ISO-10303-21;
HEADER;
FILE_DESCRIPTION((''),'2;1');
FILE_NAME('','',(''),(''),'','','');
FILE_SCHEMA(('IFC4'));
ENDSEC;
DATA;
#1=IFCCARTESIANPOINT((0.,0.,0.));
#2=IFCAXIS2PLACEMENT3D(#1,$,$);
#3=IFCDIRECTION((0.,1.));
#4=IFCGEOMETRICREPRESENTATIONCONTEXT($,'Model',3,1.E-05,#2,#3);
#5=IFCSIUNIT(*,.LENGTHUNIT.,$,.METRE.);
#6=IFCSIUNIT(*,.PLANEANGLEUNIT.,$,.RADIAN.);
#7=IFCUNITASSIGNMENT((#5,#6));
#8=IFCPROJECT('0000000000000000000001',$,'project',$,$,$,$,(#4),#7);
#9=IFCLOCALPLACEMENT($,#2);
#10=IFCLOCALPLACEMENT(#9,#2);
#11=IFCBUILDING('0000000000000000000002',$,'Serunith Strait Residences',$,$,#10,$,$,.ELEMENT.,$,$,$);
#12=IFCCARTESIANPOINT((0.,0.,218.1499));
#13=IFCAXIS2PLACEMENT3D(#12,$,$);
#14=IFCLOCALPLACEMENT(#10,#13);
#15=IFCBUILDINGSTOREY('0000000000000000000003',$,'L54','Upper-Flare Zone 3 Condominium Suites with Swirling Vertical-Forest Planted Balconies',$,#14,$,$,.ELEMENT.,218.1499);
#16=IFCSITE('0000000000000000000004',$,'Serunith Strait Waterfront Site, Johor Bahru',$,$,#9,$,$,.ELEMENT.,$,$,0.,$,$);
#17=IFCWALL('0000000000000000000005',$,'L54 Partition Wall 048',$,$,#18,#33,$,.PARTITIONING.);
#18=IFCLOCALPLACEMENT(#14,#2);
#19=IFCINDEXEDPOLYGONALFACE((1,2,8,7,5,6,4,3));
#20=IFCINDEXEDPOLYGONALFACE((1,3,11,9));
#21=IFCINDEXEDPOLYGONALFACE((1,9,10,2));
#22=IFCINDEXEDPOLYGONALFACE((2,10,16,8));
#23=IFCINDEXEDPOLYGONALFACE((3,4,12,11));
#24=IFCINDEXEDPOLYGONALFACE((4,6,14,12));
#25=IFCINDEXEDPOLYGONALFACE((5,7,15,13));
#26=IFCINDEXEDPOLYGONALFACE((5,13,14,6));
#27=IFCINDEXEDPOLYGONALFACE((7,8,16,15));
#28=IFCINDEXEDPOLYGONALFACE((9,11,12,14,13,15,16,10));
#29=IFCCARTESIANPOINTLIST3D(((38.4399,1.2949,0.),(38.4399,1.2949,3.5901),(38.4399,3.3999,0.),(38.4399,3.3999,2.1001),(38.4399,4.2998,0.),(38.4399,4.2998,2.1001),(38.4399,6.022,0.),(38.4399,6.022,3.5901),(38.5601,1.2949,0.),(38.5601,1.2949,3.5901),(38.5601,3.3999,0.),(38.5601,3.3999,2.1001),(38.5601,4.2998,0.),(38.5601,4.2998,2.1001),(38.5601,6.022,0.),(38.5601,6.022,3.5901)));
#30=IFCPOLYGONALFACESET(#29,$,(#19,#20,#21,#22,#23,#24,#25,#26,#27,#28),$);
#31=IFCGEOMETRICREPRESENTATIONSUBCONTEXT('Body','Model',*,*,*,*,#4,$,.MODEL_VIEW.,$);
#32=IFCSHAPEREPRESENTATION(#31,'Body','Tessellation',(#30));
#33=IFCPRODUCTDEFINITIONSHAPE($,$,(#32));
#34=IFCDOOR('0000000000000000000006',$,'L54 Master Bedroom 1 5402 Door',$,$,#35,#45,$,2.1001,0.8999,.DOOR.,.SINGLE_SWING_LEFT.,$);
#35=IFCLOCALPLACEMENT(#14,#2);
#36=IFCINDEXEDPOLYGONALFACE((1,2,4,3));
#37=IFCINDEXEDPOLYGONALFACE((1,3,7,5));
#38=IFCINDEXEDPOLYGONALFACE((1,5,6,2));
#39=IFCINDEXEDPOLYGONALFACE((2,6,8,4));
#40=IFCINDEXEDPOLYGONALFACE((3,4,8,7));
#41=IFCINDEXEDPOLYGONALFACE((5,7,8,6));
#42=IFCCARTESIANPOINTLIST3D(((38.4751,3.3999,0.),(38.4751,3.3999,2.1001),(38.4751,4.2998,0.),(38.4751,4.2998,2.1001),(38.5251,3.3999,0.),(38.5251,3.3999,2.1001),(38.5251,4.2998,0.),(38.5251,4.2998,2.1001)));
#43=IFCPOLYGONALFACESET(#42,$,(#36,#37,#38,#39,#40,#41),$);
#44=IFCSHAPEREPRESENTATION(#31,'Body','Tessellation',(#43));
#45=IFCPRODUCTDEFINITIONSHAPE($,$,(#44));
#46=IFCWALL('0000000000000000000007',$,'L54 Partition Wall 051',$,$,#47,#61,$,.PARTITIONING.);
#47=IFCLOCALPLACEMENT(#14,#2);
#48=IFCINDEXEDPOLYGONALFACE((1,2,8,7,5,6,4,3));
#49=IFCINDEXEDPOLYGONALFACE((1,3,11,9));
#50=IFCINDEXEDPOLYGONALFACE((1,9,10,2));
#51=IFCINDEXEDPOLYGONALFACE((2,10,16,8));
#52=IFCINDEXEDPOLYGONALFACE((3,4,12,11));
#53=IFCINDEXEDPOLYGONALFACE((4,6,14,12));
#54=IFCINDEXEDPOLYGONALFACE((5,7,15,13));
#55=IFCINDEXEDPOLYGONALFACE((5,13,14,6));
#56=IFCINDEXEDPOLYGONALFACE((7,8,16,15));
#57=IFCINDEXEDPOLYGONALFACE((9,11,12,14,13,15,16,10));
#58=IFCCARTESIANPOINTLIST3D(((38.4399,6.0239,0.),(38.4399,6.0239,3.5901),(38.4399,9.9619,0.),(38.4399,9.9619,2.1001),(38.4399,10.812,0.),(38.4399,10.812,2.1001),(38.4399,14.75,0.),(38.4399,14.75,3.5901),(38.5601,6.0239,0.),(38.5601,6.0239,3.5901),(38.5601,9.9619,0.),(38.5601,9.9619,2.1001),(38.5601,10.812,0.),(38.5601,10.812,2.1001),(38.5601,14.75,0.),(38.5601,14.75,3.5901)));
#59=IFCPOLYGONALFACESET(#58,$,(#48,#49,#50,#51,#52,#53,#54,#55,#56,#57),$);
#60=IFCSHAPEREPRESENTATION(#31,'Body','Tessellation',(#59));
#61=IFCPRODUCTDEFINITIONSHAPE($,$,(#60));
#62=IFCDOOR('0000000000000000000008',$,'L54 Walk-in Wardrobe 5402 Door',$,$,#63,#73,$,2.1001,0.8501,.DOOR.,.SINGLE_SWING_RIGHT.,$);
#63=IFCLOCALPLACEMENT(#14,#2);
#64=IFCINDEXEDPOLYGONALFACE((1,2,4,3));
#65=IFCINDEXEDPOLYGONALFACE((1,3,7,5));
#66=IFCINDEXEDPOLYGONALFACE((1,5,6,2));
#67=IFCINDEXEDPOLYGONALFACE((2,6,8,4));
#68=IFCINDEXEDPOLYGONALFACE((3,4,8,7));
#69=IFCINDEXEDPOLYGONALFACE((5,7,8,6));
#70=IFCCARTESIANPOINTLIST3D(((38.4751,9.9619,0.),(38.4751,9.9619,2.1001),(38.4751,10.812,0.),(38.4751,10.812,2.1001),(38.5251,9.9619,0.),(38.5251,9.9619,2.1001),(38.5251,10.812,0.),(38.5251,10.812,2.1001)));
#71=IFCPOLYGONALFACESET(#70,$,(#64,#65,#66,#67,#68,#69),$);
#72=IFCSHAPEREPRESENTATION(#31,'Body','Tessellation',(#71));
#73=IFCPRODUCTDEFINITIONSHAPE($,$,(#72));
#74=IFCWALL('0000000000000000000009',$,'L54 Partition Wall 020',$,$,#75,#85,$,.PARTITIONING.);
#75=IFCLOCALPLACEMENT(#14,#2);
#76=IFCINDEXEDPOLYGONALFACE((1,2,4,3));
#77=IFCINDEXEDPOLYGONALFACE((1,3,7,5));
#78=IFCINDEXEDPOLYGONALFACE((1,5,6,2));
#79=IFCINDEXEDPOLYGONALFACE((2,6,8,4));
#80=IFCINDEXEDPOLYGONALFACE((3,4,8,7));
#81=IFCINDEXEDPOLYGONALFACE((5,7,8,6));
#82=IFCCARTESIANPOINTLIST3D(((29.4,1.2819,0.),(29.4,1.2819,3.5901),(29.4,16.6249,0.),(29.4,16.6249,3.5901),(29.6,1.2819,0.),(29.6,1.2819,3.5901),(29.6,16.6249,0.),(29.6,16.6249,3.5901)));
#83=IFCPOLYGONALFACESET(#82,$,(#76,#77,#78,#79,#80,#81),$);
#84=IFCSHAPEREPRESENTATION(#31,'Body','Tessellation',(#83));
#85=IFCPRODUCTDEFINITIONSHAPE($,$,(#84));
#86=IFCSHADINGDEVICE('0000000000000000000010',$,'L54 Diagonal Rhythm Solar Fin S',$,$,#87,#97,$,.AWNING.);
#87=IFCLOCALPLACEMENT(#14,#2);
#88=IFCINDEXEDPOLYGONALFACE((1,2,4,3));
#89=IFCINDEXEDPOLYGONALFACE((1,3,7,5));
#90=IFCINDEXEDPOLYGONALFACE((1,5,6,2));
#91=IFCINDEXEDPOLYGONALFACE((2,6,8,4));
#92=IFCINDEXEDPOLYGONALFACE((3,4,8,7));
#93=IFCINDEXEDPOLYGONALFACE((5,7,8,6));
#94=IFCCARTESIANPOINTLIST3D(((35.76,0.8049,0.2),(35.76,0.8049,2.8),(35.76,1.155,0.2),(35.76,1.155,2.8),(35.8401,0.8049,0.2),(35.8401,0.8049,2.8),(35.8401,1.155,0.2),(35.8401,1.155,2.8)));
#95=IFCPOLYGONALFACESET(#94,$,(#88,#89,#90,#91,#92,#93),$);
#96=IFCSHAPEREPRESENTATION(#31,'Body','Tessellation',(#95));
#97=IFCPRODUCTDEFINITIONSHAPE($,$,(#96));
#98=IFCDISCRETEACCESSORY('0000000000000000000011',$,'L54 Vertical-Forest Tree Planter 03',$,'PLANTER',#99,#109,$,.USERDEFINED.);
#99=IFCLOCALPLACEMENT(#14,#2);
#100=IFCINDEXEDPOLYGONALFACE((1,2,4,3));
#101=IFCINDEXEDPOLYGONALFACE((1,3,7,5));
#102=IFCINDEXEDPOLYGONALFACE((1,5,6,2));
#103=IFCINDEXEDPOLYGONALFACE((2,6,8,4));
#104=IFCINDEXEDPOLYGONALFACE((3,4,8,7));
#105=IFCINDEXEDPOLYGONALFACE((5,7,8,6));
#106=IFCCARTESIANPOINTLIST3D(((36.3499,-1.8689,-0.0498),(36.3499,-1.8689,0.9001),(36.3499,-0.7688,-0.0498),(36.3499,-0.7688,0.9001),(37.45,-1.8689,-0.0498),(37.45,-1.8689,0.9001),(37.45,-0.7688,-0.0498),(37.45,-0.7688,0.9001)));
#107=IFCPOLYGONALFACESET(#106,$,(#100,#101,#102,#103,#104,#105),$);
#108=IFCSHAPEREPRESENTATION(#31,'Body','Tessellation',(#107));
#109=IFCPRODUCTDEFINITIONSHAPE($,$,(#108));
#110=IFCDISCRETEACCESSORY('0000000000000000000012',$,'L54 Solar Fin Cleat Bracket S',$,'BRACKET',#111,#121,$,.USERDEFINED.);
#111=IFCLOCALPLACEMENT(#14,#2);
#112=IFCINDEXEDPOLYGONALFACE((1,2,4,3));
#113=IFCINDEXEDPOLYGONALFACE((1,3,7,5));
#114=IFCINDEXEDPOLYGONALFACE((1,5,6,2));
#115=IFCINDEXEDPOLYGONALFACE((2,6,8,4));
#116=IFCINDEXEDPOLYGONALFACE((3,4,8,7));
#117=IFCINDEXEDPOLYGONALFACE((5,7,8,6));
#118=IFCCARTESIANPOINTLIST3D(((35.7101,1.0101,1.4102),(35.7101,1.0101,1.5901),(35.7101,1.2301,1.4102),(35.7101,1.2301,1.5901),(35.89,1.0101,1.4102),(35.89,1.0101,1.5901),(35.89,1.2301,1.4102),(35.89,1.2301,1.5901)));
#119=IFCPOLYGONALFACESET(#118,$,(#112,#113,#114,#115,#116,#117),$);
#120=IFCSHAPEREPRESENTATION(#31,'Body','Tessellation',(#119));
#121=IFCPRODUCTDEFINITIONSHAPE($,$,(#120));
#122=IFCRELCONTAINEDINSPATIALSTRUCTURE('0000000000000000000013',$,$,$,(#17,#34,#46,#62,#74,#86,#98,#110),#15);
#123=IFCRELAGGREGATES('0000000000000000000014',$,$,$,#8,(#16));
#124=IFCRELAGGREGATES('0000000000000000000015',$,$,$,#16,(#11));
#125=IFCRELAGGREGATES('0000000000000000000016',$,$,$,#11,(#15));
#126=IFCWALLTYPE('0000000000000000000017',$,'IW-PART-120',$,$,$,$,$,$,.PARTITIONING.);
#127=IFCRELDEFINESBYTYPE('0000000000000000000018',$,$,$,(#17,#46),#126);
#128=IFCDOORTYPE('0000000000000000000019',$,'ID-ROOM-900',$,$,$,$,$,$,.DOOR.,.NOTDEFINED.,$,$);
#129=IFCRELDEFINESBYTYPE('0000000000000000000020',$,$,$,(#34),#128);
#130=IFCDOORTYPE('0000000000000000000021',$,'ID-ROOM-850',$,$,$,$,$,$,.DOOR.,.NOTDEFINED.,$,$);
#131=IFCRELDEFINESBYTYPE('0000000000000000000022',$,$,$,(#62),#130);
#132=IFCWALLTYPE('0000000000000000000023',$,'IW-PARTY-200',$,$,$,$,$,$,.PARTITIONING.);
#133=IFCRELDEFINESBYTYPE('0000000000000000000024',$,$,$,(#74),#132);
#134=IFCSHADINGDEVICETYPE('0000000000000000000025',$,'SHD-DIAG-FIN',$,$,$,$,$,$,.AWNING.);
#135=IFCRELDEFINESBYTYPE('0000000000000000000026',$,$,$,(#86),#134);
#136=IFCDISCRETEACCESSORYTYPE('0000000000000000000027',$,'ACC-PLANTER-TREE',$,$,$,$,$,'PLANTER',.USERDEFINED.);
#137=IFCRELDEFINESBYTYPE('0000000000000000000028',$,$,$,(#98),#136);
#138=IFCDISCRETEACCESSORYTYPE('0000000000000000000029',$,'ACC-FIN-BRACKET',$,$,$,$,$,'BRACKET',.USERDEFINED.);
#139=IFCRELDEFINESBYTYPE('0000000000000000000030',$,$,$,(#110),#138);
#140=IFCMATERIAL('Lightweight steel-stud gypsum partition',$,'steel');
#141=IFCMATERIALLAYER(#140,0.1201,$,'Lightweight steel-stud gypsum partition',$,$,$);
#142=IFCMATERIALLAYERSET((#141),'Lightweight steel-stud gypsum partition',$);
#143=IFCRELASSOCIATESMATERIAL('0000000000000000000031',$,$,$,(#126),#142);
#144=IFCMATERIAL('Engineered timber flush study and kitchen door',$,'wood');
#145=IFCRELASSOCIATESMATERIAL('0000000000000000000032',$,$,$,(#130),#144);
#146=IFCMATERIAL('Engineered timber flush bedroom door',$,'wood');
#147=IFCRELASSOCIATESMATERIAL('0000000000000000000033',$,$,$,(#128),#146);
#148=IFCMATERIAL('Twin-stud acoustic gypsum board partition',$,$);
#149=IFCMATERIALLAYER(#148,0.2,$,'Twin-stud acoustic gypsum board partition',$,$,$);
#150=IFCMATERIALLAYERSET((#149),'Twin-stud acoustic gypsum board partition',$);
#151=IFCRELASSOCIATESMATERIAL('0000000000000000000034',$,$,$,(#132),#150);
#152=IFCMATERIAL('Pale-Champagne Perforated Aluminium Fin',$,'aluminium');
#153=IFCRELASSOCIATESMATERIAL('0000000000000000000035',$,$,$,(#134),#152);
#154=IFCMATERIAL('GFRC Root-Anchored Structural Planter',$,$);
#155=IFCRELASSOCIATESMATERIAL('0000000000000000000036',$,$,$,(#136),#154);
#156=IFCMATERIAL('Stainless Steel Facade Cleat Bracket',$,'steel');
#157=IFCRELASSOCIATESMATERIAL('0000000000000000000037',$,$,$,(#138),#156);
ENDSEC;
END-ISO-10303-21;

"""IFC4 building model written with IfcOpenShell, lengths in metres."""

from ifc_helpers import new_model, si_unit, direction, frame, frame_2d, origin, origin_2d, place, context, subcontext, project, spatial, rectangle, extrude, source, transform, mapped, material, layer, layer_set, type_object, element, fill, save


model = new_model("IFC4")

# Units and contexts
model_context = context("Model", 3, precision=1e-05, world=origin(), true_north=direction((0.0, 1.0)))
body_context = subcontext(model_context, "Body", "Model", "MODEL_VIEW")
ifc_project = project(units=[si_unit("LENGTHUNIT", "METRE"), si_unit("PLANEANGLEUNIT", "RADIAN")], contexts=[model_context])

# Site, building, storey
site_placement = place(None, origin())
site = spatial("IfcSite", under=ifc_project, at=site_placement, Name="Serunith Strait Waterfront Site, Johor Bahru", CompositionType="ELEMENT", RefElevation=0.0)
building_placement = place(site_placement, origin())
building = spatial("IfcBuilding", under=site, at=building_placement, Name="Serunith Strait Residences", CompositionType="ELEMENT")
storey_placement = place(building_placement, frame((0.0, 0.0, 218.1499)))
storey = spatial("IfcBuildingStorey", under=building, at=storey_placement, Name="L54", Description="Upper-Flare Zone 3 Condominium Suites with Swirling Vertical-Forest Planted Balconies", CompositionType="ELEMENT", Elevation=218.1499)

# Walls, openings, doors
ifc_material_1 = material(Name="Lightweight steel-stud gypsum partition", Category="steel")
ifc_layer_1 = layer(ifc_material_1, 0.1201, Name="Lightweight steel-stud gypsum partition")
ifc_layer_set_1 = layer_set([ifc_layer_1], Name="Lightweight steel-stud gypsum partition")
wall_type_1 = type_object("IfcWallType", Name="IW-PART-120", PredefinedType="PARTITIONING", material=ifc_layer_set_1)
ifc_material_2 = material(Name="Engineered timber flush study and kitchen door", Category="wood")
door_type_1 = type_object("IfcDoorType", Name="ID-ROOM-850", OperationType="NOTDEFINED", PredefinedType="DOOR", material=ifc_material_2)
shared_shape_1 = source(origin(), body_context, "Body", "SweptSolid", [
    extrude(rectangle(XDim=0.8501, YDim=2.1001, at=frame_2d((0.425, 1.05))), frame((0.0, 0.0249, 0.0), z_axis=(0.0, -1.0, 0.0), x_axis=(1.0, 0.0, 0.0)), (0.0, 0.0, 1.0), 0.05),
])
wall_1_placement = place(storey_placement, frame((38.5, 1.2949, 0.0), z_axis=(0.0, 0.0, 1.0), x_axis=(0.0, 1.0, 0.0)))
wall_1 = element("IfcWall", 1, at=wall_1_placement, inside=storey, type_object=wall_type_1, Name="L54 Partition Wall 048", PredefinedType="PARTITIONING", context=body_context, shape_type="SweptSolid", body=[
    extrude(rectangle(XDim=4.7271, YDim=0.1201, at=frame_2d((2.3635, 0.0))), origin(), (0.0, 0.0, 1.0), 3.5901),
])
opening_1_placement = place(wall_1_placement, frame((2.105, 0.0, 0.0)))
opening_1 = element("IfcOpeningElement", 2, at=opening_1_placement, cuts=wall_1, PredefinedType="OPENING", context=body_context, shape_type="SweptSolid", body=[
    extrude(rectangle(XDim=0.8999, YDim=2.1001, at=frame_2d((0.45, 1.05))), frame((0.0, 0.0701, 0.0), z_axis=(0.0, -1.0, 0.0), x_axis=(1.0, 0.0, 0.0)), (0.0, 0.0, 1.0), 0.1401),
])
ifc_material_3 = material(Name="Engineered timber flush bedroom door", Category="wood")
door_type_2 = type_object("IfcDoorType", Name="ID-ROOM-900", OperationType="NOTDEFINED", PredefinedType="DOOR", material=ifc_material_3)
shared_shape_2 = source(origin(), body_context, "Body", "SweptSolid", [
    extrude(rectangle(XDim=0.8999, YDim=2.1001, at=frame_2d((0.45, 1.05))), frame((0.0, 0.0249, 0.0), z_axis=(0.0, -1.0, 0.0), x_axis=(1.0, 0.0, 0.0)), (0.0, 0.0, 1.0), 0.05),
])
door_1_placement = place(opening_1_placement, origin())
door_1 = element("IfcDoor", 3, at=door_1_placement, inside=storey, type_object=door_type_2, Name="L54 Master Bedroom 1 5402 Door", OperationType="SINGLE_SWING_LEFT", OverallHeight=2.1001, OverallWidth=0.8999, PredefinedType="DOOR", context=body_context, shape_type="MappedRepresentation", body=[
    mapped(shared_shape_2, transform((0.0, 0.0, 0.0), scale=1.0)),
])
fill(opening_1, door_1)
wall_2_placement = place(storey_placement, frame((38.5, 6.0239, 0.0), z_axis=(0.0, 0.0, 1.0), x_axis=(0.0, 1.0, 0.0)))
wall_2 = element("IfcWall", 4, at=wall_2_placement, inside=storey, type_object=wall_type_1, Name="L54 Partition Wall 051", PredefinedType="PARTITIONING", context=body_context, shape_type="SweptSolid", body=[
    extrude(rectangle(XDim=8.7261, YDim=0.1201, at=frame_2d((4.363, 0.0))), origin(), (0.0, 0.0, 1.0), 3.5901),
])
opening_2_placement = place(wall_2_placement, frame((3.938, 0.0, 0.0)))
opening_2 = element("IfcOpeningElement", 5, at=opening_2_placement, cuts=wall_2, PredefinedType="OPENING", context=body_context, shape_type="SweptSolid", body=[
    extrude(rectangle(XDim=0.8501, YDim=2.1001, at=frame_2d((0.425, 1.05))), frame((0.0, 0.0701, 0.0), z_axis=(0.0, -1.0, 0.0), x_axis=(1.0, 0.0, 0.0)), (0.0, 0.0, 1.0), 0.1401),
])
door_2_placement = place(opening_2_placement, origin())
door_2 = element("IfcDoor", 6, at=door_2_placement, inside=storey, type_object=door_type_1, Name="L54 Walk-in Wardrobe 5402 Door", OperationType="SINGLE_SWING_RIGHT", OverallHeight=2.1001, OverallWidth=0.8501, PredefinedType="DOOR", context=body_context, shape_type="MappedRepresentation", body=[
    mapped(shared_shape_1, transform((0.0, 0.0, 0.0), scale=1.0)),
])
fill(opening_2, door_2)

# Wall
ifc_material_4 = material(Name="Twin-stud acoustic gypsum board partition")
ifc_layer_2 = layer(ifc_material_4, 0.2, Name="Twin-stud acoustic gypsum board partition")
ifc_layer_set_2 = layer_set([ifc_layer_2], Name="Twin-stud acoustic gypsum board partition")
wall_type_2 = type_object("IfcWallType", Name="IW-PARTY-200", PredefinedType="PARTITIONING", material=ifc_layer_set_2)
wall_3_placement = place(storey_placement, frame((29.5, 1.282, 0.0), z_axis=(0.0, 0.0, 1.0), x_axis=(0.0, 1.0, 0.0)))
element("IfcWall", 7, at=wall_3_placement, inside=storey, type_object=wall_type_2, Name="L54 Partition Wall 020", PredefinedType="PARTITIONING", context=body_context, shape_type="SweptSolid", body=[
    extrude(rectangle(XDim=15.343, YDim=0.2, at=frame_2d((7.6714, 0.0))), origin(), (0.0, 0.0, 1.0), 3.5901),
])

# Shading device
ifc_material_5 = material(Name="Pale-Champagne Perforated Aluminium Fin", Category="aluminium")
shading_device_type = type_object("IfcShadingDeviceType", Name="SHD-DIAG-FIN", PredefinedType="AWNING", material=ifc_material_5)
shared_shape_3 = source(origin(), body_context, "Body", "SweptSolid", [
    extrude(rectangle(XDim=0.0801, YDim=0.3501, at=origin_2d()), origin(), (0.0, 0.0, 1.0), 2.6001),
])
shading_device_placement = place(storey_placement, frame((35.8, 0.98, 0.2), z_axis=(0.0, 0.0, 1.0), x_axis=(1.0, 0.0, 0.0)))
element("IfcShadingDevice", 8, at=shading_device_placement, inside=storey, type_object=shading_device_type, Name="L54 Diagonal Rhythm Solar Fin S", PredefinedType="AWNING", context=body_context, shape_type="MappedRepresentation", body=[
    mapped(shared_shape_3, transform((0.0, 0.0, 0.0), scale=1.0)),
])

# Discrete accessories
ifc_material_6 = material(Name="GFRC Root-Anchored Structural Planter")
discrete_accessory_type_1 = type_object("IfcDiscreteAccessoryType", Name="ACC-PLANTER-TREE", ElementType="PLANTER", PredefinedType="USERDEFINED", material=ifc_material_6)
shared_shape_4 = source(origin(), body_context, "Body", "SweptSolid", [
    extrude(rectangle(XDim=1.1001, YDim=1.1001, at=origin_2d()), origin(), (0.0, 0.0, 1.0), 0.95),
])
discrete_accessory_1_placement = place(storey_placement, frame((36.8999, -1.3188, -0.0498), z_axis=(0.0, 0.0, 1.0), x_axis=(1.0, 0.0, 0.0)))
element("IfcDiscreteAccessory", 9, at=discrete_accessory_1_placement, inside=storey, type_object=discrete_accessory_type_1, Name="L54 Vertical-Forest Tree Planter 03", ObjectType="PLANTER", PredefinedType="USERDEFINED", context=body_context, shape_type="MappedRepresentation", body=[
    mapped(shared_shape_4, transform((0.0, 0.0, 0.0), scale=1.0)),
])
ifc_material_7 = material(Name="Stainless Steel Facade Cleat Bracket", Category="steel")
discrete_accessory_type_2 = type_object("IfcDiscreteAccessoryType", Name="ACC-FIN-BRACKET", ElementType="BRACKET", PredefinedType="USERDEFINED", material=ifc_material_7)
shared_shape_5 = source(origin(), body_context, "Body", "SweptSolid", [
    extrude(rectangle(XDim=0.1799, YDim=0.22, at=origin_2d()), origin(), (0.0, 0.0, 1.0), 0.1799),
])
discrete_accessory_2_placement = place(storey_placement, frame((35.8, 1.1201, 1.4102), z_axis=(0.0, 0.0, 1.0), x_axis=(1.0, 0.0, 0.0)))
element("IfcDiscreteAccessory", 10, at=discrete_accessory_2_placement, inside=storey, type_object=discrete_accessory_type_2, Name="L54 Solar Fin Cleat Bracket S", ObjectType="BRACKET", PredefinedType="USERDEFINED", context=body_context, shape_type="MappedRepresentation", body=[
    mapped(shared_shape_5, transform((0.0, 0.0, 0.0), scale=1.0)),
])

save(model, "model.ifc")
